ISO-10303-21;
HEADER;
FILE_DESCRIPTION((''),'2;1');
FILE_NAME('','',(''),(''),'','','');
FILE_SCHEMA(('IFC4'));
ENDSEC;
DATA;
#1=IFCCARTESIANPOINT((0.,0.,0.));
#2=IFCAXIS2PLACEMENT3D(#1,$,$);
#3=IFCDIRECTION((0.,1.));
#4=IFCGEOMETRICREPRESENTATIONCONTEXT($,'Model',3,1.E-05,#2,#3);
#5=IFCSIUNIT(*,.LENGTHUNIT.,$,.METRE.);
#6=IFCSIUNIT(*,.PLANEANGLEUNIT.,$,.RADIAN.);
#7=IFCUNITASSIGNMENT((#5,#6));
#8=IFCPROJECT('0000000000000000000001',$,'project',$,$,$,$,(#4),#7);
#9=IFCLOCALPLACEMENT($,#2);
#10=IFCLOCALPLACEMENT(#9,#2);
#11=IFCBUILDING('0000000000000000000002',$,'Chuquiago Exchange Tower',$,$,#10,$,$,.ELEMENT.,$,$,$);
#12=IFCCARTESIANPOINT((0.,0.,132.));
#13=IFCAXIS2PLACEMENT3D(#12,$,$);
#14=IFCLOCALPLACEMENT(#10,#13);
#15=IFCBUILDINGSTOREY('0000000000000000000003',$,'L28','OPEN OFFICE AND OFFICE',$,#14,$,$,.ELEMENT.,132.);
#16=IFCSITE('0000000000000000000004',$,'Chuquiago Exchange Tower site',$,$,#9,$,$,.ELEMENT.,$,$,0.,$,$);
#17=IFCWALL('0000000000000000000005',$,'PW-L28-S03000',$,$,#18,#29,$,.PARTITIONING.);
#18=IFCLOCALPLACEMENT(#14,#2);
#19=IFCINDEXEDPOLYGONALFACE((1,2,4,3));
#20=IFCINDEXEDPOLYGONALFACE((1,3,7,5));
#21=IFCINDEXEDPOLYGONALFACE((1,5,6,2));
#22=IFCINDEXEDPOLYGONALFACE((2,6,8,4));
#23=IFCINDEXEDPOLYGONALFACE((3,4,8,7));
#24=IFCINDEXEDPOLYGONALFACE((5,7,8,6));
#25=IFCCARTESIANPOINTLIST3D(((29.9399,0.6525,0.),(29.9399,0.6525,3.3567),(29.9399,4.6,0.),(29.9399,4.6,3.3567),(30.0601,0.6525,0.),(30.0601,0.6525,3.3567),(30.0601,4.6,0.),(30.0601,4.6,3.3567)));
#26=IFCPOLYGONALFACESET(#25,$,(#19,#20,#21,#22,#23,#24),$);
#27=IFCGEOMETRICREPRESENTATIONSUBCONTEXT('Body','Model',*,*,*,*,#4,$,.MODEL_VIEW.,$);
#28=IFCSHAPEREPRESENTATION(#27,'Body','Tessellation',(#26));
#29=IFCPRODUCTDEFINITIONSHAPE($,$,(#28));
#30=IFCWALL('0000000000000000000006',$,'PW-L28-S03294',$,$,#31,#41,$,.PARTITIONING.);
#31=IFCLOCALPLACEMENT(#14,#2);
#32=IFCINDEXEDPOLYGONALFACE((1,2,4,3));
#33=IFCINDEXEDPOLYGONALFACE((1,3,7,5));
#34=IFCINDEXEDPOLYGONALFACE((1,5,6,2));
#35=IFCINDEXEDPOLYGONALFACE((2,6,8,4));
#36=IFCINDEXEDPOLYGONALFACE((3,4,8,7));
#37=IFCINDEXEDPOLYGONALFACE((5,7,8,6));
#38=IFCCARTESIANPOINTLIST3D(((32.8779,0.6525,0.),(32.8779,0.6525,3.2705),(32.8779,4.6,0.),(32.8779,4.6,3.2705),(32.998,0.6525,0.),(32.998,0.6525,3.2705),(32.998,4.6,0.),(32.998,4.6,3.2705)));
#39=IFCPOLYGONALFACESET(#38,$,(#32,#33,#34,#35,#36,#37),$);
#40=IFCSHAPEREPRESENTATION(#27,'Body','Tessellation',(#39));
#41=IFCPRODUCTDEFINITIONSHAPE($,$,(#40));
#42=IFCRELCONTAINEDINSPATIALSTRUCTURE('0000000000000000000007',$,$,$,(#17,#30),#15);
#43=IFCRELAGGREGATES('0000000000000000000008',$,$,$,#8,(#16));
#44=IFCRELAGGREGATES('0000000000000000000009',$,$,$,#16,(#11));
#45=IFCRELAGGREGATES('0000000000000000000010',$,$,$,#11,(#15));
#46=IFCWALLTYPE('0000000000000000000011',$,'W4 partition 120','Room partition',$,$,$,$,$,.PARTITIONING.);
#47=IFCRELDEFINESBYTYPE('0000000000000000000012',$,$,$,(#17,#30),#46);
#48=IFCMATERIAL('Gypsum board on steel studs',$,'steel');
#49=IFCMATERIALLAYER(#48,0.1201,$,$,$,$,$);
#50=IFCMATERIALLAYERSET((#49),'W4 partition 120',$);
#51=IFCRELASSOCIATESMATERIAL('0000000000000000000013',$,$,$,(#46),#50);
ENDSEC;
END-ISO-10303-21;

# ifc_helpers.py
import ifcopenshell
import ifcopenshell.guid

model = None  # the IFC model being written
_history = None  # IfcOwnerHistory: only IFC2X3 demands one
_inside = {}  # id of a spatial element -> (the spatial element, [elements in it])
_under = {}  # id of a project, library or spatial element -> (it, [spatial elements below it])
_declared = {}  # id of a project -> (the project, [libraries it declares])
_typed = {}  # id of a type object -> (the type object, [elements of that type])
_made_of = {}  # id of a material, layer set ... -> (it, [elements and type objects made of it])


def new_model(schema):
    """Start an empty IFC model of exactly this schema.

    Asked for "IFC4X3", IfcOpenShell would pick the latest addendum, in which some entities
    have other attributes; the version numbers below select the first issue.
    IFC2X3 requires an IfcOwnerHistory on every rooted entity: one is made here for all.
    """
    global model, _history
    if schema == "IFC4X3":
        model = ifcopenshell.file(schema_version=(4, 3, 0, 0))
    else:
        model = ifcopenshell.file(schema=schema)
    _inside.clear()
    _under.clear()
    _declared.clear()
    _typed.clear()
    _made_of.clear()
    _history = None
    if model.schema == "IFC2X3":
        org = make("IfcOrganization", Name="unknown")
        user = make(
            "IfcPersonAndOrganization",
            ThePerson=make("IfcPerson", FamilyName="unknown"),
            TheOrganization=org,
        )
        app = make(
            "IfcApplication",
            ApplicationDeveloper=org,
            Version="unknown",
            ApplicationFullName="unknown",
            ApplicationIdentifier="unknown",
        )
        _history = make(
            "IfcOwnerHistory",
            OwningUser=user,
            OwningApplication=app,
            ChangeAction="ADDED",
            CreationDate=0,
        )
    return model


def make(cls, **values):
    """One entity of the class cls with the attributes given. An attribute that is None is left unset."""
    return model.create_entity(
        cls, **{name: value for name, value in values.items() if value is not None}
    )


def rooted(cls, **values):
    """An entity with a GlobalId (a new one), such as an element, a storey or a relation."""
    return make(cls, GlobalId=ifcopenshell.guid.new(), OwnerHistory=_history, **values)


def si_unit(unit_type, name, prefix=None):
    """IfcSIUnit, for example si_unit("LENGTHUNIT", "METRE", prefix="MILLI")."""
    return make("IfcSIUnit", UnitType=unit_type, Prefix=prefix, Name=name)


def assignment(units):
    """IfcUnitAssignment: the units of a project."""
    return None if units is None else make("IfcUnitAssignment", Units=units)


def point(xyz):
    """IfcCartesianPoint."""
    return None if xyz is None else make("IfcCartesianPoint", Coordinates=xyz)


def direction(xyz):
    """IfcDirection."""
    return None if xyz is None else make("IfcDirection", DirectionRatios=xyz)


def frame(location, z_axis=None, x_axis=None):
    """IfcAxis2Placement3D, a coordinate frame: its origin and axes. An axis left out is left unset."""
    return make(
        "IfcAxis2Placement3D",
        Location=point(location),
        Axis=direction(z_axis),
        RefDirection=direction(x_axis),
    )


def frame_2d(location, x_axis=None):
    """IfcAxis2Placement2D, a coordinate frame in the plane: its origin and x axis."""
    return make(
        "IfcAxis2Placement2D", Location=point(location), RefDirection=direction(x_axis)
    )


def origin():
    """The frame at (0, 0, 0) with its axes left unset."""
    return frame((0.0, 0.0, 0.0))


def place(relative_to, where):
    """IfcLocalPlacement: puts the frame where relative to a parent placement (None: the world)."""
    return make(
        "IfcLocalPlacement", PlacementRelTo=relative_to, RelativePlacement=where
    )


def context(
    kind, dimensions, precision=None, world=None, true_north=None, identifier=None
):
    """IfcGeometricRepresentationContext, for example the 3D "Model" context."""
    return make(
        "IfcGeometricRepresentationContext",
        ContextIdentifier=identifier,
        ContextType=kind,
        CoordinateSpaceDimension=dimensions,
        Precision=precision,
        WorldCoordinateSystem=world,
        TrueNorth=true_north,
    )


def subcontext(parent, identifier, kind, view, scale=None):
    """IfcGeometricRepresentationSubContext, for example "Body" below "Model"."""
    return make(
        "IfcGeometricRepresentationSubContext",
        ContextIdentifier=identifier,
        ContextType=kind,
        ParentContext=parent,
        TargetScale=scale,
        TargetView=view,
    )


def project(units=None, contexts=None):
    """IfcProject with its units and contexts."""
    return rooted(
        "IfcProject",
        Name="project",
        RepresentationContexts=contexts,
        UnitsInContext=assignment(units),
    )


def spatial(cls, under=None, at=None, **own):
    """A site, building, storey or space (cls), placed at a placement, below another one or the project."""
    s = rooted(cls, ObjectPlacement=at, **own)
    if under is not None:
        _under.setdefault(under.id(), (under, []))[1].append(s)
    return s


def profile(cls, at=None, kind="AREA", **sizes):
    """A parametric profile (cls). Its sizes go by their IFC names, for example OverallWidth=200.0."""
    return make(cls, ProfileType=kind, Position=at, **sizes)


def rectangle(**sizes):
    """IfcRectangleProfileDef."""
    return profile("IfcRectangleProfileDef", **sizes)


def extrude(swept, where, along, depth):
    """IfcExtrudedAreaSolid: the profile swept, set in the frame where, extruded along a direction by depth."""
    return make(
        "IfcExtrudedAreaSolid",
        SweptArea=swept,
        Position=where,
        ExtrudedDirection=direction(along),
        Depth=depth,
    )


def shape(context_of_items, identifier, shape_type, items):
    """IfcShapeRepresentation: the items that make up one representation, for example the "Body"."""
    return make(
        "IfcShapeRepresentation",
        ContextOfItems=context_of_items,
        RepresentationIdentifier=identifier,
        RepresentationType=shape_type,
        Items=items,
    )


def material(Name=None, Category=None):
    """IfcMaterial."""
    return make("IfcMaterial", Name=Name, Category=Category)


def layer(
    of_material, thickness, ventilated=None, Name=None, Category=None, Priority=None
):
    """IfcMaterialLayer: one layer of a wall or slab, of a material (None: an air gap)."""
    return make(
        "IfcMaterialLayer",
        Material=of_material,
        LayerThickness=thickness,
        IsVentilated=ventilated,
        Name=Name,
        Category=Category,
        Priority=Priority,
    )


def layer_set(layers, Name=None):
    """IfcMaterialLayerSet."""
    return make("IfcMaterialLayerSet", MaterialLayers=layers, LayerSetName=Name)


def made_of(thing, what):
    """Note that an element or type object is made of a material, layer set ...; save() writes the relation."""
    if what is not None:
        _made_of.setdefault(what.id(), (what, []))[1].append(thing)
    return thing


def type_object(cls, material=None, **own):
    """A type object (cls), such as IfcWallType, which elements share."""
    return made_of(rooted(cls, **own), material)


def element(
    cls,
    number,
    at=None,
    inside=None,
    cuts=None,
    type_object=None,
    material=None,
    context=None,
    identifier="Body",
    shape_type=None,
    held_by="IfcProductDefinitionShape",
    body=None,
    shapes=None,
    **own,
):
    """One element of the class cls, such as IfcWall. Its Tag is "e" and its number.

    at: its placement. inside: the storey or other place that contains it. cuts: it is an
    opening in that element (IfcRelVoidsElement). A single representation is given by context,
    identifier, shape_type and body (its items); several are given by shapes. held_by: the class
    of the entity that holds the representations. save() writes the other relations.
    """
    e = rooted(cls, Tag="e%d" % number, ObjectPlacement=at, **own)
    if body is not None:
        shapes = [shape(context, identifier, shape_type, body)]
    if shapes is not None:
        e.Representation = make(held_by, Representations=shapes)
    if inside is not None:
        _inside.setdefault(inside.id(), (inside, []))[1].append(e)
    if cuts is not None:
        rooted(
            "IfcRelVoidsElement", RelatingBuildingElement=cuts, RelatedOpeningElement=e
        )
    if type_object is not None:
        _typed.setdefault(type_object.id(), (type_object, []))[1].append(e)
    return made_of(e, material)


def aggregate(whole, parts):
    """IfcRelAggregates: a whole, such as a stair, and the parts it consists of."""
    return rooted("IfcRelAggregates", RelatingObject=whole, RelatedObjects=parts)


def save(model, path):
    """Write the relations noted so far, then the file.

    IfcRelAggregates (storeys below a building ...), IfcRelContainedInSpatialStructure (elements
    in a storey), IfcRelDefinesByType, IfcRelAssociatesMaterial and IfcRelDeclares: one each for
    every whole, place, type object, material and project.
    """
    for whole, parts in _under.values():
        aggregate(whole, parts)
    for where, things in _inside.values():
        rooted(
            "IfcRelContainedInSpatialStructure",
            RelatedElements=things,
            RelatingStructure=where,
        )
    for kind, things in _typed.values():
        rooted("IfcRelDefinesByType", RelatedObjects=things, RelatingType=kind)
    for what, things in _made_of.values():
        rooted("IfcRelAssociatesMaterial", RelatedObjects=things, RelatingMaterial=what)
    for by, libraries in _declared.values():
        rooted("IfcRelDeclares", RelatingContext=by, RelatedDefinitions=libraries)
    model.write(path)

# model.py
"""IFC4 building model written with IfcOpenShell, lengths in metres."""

from ifc_helpers import new_model, si_unit, direction, frame, frame_2d, origin, place, context, subcontext, project, spatial, rectangle, extrude, material, layer, layer_set, type_object, element, save


model = new_model("IFC4")

# Units and contexts
model_context = context("Model", 3, precision=1e-05, world=origin(), true_north=direction((0.0, 1.0)))
body_context = subcontext(model_context, "Body", "Model", "MODEL_VIEW")
ifc_project = project(units=[si_unit("LENGTHUNIT", "METRE"), si_unit("PLANEANGLEUNIT", "RADIAN")], contexts=[model_context])

# Site, building, storey
site_placement = place(None, origin())
site = spatial("IfcSite", under=ifc_project, at=site_placement, Name="Chuquiago Exchange Tower site", CompositionType="ELEMENT", RefElevation=0.0)
building_placement = place(site_placement, origin())
building = spatial("IfcBuilding", under=site, at=building_placement, Name="Chuquiago Exchange Tower", CompositionType="ELEMENT")
storey_placement = place(building_placement, frame((0.0, 0.0, 132.0)))
storey = spatial("IfcBuildingStorey", under=building, at=storey_placement, Name="L28", Description="OPEN OFFICE AND OFFICE", CompositionType="ELEMENT", Elevation=132.0)

# Walls
ifc_material_1 = material(Name="Gypsum board on steel studs", Category="steel")
ifc_layer = layer(ifc_material_1, 0.1201)
ifc_layer_set = layer_set([ifc_layer], Name="W4 partition 120")
wall_type = type_object("IfcWallType", Name="W4 partition 120", Description="Room partition", PredefinedType="PARTITIONING", material=ifc_layer_set)
for number, where, z_axis, x_axis, name in (
    (1, (30.0, 0.6526, 0.0), (0.0, 0.0, 1.0), (0.0, 1.0, 0.0), "PW-L28-S03000"),
):
    element("IfcWall", number, at=place(storey_placement, frame(where, z_axis=z_axis, x_axis=x_axis)), inside=storey, type_object=wall_type, Name=name, PredefinedType="PARTITIONING", context=body_context, shape_type="SweptSolid", body=[
        extrude(rectangle(XDim=3.9475, YDim=0.1201, at=frame_2d((1.9736, 0.0))), origin(), (0.0, 0.0, 1.0), 3.3567),
    ])
wall_1_placement = place(storey_placement, frame((32.938, 0.6526, 0.0), z_axis=(0.0, 0.0, 1.0), x_axis=(0.0, 1.0, 0.0)))
element("IfcWall", 2, at=wall_1_placement, inside=storey, type_object=wall_type, Name="PW-L28-S03294", PredefinedType="PARTITIONING", context=body_context, shape_type="SweptSolid", body=[
    extrude(rectangle(XDim=3.9475, YDim=0.1201, at=frame_2d((1.9736, 0.0))), origin(), (0.0, 0.0, 1.0), 3.2705),
])

save(model, "model.ifc")
